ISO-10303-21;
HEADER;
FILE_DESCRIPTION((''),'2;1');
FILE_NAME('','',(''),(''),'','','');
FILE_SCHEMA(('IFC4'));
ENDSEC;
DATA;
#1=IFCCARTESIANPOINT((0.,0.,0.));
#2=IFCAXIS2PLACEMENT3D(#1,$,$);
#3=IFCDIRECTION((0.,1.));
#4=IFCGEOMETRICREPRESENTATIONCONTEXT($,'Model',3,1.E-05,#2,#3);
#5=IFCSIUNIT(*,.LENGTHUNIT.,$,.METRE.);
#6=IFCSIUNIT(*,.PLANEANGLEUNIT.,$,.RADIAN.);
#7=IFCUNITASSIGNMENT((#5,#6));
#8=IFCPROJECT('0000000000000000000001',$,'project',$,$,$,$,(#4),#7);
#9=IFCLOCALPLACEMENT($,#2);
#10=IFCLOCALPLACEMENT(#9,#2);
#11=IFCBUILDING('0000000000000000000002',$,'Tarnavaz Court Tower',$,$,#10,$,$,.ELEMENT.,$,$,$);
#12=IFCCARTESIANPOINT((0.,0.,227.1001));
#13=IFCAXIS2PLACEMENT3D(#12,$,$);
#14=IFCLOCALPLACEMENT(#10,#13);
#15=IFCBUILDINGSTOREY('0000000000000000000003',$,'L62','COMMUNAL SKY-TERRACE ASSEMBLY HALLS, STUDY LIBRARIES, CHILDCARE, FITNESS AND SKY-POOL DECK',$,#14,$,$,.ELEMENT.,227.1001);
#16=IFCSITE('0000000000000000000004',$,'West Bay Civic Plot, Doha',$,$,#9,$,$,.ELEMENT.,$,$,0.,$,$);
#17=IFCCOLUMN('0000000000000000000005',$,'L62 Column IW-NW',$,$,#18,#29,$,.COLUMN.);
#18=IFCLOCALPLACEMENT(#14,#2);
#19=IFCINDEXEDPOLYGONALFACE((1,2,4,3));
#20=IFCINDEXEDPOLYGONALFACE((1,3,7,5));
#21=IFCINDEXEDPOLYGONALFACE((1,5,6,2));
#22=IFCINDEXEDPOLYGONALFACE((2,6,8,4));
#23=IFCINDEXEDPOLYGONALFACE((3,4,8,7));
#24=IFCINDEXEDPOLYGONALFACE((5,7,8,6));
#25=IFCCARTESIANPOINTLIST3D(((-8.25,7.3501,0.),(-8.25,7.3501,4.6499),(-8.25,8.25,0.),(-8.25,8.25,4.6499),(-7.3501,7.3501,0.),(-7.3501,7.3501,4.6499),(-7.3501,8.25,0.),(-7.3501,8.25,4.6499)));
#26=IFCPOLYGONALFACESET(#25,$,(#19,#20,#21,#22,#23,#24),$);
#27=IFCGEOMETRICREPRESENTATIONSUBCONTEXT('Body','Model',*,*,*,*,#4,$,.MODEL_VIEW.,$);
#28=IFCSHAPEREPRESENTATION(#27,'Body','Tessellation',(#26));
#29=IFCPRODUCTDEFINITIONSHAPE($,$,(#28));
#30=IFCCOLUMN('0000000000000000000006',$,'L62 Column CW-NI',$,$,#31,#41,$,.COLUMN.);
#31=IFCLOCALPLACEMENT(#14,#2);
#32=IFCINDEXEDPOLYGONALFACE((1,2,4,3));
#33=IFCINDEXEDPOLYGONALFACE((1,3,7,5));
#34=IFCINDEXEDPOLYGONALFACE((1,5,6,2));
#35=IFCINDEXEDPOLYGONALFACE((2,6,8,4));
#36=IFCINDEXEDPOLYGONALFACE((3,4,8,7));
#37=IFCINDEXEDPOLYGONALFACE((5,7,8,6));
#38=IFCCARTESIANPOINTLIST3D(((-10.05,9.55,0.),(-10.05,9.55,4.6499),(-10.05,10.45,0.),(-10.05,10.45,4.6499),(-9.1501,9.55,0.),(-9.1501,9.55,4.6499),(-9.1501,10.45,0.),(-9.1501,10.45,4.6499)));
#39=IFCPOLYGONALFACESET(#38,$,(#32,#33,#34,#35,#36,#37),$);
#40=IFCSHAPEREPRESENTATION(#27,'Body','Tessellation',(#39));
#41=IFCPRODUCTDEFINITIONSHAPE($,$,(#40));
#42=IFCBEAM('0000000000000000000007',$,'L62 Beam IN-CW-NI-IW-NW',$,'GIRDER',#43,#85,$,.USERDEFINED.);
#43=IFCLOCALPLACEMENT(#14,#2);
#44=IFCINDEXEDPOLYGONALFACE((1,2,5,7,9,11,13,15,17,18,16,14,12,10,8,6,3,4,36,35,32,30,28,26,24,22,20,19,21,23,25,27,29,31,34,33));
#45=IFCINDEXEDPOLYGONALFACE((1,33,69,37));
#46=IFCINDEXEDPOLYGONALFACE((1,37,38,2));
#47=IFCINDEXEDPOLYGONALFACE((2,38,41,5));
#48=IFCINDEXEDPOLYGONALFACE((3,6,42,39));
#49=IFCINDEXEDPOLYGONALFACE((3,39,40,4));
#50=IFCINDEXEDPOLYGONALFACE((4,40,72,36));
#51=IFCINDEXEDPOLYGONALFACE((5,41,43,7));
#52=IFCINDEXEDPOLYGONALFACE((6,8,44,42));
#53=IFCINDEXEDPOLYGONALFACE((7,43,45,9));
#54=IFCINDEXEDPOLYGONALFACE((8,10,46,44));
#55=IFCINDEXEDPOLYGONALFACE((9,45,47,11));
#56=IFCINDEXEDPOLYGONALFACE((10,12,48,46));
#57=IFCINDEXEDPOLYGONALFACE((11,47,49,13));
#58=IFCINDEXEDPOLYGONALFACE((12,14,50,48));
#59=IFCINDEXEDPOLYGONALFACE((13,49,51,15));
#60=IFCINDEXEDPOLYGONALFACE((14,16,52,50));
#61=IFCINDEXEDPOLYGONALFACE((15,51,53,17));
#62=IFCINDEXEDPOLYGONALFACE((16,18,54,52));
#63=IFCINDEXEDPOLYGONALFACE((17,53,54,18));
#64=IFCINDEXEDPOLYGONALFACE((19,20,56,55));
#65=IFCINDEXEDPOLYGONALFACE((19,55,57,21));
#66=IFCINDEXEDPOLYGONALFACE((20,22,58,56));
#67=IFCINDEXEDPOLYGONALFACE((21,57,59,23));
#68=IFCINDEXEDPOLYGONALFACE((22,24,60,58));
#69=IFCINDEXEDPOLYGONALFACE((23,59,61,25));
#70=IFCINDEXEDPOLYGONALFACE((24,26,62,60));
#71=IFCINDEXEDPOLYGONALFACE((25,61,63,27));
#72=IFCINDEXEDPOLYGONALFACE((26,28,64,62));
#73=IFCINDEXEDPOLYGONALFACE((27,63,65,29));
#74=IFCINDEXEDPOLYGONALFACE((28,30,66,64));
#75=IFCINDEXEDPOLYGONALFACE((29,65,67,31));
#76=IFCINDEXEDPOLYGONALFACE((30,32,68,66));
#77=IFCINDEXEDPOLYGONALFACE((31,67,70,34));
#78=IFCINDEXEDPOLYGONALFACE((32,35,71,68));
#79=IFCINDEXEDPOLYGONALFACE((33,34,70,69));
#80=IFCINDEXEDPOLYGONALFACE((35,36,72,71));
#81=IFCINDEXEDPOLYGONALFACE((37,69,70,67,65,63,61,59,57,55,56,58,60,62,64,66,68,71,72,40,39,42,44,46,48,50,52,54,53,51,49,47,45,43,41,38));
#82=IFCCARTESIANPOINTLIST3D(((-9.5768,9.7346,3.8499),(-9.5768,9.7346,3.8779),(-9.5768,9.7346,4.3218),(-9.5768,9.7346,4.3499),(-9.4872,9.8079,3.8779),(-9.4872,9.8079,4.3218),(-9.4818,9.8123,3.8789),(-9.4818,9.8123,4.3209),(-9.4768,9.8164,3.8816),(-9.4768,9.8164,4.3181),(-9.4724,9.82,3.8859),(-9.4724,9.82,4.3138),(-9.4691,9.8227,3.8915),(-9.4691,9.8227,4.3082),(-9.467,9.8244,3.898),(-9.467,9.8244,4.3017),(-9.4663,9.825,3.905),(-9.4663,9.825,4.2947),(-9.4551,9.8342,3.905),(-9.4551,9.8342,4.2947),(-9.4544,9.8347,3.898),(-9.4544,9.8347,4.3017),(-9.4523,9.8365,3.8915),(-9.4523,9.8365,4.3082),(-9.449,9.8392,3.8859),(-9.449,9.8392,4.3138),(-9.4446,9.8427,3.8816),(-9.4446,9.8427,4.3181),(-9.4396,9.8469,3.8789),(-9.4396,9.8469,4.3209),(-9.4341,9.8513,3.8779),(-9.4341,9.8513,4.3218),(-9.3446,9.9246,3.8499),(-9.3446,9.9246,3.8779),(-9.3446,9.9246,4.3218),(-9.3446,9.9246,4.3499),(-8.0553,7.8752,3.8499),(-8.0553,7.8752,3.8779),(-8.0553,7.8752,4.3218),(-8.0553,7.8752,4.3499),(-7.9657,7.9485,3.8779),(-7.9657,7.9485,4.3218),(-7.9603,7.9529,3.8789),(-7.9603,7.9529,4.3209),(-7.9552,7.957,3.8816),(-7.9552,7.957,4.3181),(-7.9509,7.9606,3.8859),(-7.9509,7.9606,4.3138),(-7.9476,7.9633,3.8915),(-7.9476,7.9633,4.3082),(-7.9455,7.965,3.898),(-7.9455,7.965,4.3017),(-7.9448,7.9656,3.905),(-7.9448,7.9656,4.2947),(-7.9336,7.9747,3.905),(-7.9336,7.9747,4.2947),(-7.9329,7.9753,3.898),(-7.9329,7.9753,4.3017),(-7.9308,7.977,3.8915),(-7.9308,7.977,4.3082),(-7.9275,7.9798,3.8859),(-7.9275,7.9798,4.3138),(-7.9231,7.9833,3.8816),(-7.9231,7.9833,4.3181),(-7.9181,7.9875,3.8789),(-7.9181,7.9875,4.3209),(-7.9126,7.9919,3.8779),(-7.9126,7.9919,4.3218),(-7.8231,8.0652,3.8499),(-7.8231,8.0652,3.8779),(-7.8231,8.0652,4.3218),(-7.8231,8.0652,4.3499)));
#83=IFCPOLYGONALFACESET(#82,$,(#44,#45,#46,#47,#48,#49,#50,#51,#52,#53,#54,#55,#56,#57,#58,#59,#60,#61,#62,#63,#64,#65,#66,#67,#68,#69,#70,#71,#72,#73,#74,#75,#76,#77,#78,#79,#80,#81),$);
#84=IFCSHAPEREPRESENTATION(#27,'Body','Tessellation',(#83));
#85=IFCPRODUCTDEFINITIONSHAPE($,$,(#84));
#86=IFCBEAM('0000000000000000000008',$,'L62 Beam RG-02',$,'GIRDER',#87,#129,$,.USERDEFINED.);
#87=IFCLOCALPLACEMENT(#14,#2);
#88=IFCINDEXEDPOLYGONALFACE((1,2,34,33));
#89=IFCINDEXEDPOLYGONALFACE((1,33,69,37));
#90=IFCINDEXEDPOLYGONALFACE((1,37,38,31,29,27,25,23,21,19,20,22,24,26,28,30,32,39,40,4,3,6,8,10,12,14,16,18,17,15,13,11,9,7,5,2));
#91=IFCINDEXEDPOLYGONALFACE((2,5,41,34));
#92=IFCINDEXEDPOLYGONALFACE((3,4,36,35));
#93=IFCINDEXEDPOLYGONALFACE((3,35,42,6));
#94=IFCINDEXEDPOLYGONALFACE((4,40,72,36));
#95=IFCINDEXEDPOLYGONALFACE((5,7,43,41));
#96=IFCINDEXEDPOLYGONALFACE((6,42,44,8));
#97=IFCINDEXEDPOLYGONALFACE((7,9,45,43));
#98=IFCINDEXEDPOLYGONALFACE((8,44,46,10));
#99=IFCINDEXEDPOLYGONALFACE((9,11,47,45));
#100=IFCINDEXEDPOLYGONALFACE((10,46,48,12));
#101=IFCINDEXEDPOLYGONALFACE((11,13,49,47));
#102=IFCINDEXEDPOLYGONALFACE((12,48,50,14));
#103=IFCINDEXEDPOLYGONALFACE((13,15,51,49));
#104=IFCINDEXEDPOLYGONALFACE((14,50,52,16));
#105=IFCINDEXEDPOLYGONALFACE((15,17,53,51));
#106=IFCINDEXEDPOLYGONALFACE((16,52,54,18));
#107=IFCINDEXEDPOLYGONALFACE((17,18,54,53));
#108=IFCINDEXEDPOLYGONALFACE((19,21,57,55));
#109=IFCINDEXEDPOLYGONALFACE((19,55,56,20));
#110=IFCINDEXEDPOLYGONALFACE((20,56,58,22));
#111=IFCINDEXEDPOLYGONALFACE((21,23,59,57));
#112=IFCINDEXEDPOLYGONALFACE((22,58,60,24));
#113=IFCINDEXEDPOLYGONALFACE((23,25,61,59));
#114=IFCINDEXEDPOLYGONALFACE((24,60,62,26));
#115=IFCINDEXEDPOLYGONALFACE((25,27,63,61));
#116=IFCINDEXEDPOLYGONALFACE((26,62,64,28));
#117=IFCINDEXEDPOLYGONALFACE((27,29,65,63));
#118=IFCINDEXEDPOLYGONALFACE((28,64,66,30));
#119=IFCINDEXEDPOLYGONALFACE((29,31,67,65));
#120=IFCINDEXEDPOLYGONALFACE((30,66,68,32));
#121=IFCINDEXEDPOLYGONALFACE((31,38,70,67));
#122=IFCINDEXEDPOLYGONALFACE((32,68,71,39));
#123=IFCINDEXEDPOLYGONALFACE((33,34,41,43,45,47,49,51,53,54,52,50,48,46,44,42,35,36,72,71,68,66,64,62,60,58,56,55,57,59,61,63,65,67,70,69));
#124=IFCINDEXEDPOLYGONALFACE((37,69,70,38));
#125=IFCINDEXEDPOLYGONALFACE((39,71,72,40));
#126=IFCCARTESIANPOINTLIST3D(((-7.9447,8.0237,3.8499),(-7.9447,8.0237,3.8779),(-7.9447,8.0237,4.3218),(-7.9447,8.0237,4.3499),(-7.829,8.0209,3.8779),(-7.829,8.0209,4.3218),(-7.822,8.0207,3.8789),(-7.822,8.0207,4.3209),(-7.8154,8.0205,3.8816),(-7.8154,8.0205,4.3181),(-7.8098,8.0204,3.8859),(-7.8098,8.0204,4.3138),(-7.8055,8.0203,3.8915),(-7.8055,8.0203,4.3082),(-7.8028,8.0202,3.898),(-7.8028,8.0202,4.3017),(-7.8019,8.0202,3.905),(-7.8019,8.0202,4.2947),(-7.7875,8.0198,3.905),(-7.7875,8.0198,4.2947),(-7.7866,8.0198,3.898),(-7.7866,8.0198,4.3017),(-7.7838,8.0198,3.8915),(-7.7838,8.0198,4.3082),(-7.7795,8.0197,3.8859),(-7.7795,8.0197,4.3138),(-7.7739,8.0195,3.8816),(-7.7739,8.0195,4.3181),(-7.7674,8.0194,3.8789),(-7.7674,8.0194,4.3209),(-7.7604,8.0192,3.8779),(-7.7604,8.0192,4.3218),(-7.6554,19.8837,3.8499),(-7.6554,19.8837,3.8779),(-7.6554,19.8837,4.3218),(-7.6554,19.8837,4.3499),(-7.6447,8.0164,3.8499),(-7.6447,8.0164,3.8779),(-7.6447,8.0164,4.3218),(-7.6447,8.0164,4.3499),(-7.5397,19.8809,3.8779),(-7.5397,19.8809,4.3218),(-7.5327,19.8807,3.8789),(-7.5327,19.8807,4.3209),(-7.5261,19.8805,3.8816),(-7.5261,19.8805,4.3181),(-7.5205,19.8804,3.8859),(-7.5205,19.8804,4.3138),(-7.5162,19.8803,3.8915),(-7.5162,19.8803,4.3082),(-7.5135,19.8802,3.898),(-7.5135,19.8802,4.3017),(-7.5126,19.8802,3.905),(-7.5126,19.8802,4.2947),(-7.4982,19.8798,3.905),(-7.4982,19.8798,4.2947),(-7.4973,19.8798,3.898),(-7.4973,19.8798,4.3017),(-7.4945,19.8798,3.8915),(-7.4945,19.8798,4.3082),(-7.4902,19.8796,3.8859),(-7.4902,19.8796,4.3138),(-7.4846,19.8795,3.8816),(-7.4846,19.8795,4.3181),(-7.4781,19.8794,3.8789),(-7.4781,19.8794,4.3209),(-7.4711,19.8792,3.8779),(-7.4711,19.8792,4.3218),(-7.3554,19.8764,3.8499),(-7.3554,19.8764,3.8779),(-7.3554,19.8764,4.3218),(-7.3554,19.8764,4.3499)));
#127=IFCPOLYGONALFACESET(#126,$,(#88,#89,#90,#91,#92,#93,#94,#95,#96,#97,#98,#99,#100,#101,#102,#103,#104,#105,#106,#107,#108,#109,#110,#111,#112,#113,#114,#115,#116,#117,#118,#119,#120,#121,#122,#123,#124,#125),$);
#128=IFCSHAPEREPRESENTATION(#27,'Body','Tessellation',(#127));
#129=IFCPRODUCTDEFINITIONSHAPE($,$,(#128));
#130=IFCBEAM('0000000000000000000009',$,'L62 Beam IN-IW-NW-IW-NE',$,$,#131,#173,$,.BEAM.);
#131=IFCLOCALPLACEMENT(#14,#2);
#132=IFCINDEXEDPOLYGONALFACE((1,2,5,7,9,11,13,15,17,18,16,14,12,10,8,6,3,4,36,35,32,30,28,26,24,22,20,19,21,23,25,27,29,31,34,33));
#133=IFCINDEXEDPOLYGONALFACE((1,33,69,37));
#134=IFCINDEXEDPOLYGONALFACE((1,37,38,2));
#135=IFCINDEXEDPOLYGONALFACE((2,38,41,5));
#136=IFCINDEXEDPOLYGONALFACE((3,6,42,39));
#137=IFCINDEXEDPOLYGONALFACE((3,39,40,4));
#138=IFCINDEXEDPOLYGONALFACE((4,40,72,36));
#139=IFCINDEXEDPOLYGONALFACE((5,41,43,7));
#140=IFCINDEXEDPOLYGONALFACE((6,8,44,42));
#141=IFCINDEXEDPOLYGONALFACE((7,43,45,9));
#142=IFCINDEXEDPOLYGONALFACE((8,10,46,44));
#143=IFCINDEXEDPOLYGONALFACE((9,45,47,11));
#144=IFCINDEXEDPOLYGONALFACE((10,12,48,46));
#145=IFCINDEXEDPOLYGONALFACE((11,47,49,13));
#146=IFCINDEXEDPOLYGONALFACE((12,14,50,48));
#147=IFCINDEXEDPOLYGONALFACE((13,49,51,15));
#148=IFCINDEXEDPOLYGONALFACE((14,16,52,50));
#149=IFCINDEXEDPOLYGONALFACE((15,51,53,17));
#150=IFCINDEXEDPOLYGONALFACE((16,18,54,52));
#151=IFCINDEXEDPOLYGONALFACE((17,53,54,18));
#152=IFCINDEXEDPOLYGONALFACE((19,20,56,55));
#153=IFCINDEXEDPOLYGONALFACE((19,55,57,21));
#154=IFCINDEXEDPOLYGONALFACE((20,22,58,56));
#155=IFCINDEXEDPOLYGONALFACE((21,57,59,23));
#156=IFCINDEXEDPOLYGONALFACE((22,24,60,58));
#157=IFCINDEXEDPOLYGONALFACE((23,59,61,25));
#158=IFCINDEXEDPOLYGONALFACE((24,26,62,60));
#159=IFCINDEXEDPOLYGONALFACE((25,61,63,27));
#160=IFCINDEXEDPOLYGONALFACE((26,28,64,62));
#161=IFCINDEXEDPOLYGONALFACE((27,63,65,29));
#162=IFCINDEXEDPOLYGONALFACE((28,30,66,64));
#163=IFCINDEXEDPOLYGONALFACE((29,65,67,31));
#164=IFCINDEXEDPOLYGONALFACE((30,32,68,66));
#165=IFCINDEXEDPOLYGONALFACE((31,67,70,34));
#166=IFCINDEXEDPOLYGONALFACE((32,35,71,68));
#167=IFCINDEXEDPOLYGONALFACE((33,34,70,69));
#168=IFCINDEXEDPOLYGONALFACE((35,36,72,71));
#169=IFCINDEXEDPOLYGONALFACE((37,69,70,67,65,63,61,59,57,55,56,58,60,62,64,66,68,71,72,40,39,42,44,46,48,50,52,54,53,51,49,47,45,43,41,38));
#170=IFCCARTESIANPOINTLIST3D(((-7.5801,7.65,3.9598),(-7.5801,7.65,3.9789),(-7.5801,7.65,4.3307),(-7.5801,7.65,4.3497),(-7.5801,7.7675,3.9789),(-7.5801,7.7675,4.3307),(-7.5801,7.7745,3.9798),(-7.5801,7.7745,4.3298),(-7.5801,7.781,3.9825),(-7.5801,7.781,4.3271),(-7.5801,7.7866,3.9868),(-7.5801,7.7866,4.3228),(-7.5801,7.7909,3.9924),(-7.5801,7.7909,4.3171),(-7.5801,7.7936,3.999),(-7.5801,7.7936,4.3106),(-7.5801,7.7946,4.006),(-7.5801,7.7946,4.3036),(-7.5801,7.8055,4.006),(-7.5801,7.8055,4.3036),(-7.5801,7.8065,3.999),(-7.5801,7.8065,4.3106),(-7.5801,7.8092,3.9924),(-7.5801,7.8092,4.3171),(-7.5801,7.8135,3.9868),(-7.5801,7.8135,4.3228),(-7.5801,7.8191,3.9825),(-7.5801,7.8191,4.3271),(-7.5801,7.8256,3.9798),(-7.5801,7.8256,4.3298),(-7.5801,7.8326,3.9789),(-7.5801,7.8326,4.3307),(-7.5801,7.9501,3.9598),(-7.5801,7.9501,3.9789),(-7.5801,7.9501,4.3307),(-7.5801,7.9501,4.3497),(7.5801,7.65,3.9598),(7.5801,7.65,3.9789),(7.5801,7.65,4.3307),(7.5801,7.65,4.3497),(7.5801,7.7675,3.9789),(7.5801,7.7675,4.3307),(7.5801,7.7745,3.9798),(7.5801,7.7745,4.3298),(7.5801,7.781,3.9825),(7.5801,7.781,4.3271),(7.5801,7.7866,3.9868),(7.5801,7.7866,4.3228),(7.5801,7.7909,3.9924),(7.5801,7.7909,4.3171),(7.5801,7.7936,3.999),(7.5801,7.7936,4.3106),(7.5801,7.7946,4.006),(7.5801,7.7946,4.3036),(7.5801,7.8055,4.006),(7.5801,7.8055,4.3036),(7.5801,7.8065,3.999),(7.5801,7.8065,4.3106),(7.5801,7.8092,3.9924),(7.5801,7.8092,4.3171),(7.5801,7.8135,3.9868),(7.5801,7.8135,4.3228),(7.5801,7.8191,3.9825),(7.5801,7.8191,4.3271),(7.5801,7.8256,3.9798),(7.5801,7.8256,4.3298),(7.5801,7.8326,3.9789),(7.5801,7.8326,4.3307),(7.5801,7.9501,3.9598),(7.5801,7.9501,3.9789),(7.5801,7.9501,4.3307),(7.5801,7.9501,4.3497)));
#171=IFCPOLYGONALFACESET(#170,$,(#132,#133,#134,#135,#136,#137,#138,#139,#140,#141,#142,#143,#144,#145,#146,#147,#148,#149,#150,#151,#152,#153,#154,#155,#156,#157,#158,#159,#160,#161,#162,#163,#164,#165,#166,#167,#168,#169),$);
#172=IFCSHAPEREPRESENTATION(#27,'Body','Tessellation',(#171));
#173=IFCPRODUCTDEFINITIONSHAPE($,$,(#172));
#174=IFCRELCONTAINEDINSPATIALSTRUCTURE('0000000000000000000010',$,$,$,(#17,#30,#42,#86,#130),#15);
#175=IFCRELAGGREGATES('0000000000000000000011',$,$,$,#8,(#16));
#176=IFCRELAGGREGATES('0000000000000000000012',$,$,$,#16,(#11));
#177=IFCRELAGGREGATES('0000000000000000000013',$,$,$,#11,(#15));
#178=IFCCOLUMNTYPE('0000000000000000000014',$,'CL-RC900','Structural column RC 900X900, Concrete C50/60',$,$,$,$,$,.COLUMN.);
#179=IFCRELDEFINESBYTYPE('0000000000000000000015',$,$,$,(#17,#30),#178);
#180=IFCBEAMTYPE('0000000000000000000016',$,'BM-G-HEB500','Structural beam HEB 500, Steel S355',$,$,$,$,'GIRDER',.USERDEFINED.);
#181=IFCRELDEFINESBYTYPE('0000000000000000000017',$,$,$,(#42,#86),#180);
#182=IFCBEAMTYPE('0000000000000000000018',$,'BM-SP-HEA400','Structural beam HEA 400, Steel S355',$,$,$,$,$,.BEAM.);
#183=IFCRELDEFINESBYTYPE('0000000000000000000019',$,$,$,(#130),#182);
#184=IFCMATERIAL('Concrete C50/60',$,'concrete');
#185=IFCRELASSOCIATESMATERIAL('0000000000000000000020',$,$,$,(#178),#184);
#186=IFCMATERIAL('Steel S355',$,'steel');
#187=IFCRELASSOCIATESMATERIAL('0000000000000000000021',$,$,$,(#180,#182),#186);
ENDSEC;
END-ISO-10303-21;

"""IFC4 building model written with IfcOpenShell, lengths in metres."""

from ifc_helpers import new_model, si_unit, direction, frame, origin, origin_2d, place, context, subcontext, project, spatial, rectangle, i_section, extrude, material, material_profile, profile_set, type_object, element, save


model = new_model("IFC4")

# Units and contexts
model_context = context("Model", 3, precision=1e-05, world=origin(), true_north=direction((0.0, 1.0)))
body_context = subcontext(model_context, "Body", "Model", "MODEL_VIEW")
ifc_project = project(units=[si_unit("LENGTHUNIT", "METRE"), si_unit("PLANEANGLEUNIT", "RADIAN")], contexts=[model_context])

# Site, building, storey
site_placement = place(None, origin())
site = spatial("IfcSite", under=ifc_project, at=site_placement, Name="West Bay Civic Plot, Doha", CompositionType="ELEMENT", RefElevation=0.0)
building_placement = place(site_placement, origin())
building = spatial("IfcBuilding", under=site, at=building_placement, Name="Tarnavaz Court Tower", CompositionType="ELEMENT")
storey_placement = place(building_placement, frame((0.0, 0.0, 227.1001)))
storey = spatial("IfcBuildingStorey", under=building, at=storey_placement, Name="L62", Description="COMMUNAL SKY-TERRACE ASSEMBLY HALLS, STUDY LIBRARIES, CHILDCARE, FITNESS AND SKY-POOL DECK", CompositionType="ELEMENT", Elevation=227.1001)

# Columns
ifc_material_1 = material(Name="Concrete C50/60", Category="concrete")
ifc_material_profile_1 = material_profile(ifc_material_1, rectangle(XDim=0.8999, YDim=0.8999, at=origin_2d()), Name="RC 900X900")
ifc_profile_set_1 = profile_set([ifc_material_profile_1], Name="Concrete C50/60")
column_type = type_object("IfcColumnType", Name="CL-RC900", Description="Structural column RC 900X900, Concrete C50/60", PredefinedType="COLUMN", material=ifc_profile_set_1)
for number, where, z_axis, x_axis, name in (
    (1, (-7.8, 7.8, 0.0), (0.0, 0.0, 1.0), (1.0, 0.0, 0.0), "L62 Column IW-NW"),
    (2, (-9.6001, 10.0, 0.0), (0.0, 0.0, 1.0), (1.0, 0.0, 0.0), "L62 Column CW-NI"),
):
    element("IfcColumn", number, at=place(storey_placement, frame(where, z_axis=z_axis, x_axis=x_axis)), inside=storey, type_object=column_type, Name=name, PredefinedType="COLUMN", context=body_context, shape_type="SweptSolid", body=[
        extrude(rectangle(XDim=0.8999, YDim=0.8999, at=origin_2d()), origin(), (0.0, 0.0, 1.0), 4.6499),
    ])

# Beams
ifc_material_2 = material(Name="Steel S355", Category="steel")
ifc_material_profile_2 = material_profile(ifc_material_2, i_section(OverallWidth=0.3, OverallDepth=0.5, WebThickness=0.0144, FlangeThickness=0.0281, FilletRadius=0.0271, at=origin_2d()), Name="HEB 500")
ifc_profile_set_2 = profile_set([ifc_material_profile_2], Name="Steel S355")
beam_type_1 = type_object("IfcBeamType", Name="BM-G-HEB500", Description="Structural beam HEB 500, Steel S355", ElementType="GIRDER", PredefinedType="USERDEFINED", material=ifc_profile_set_2)
beam_1_placement = place(storey_placement, frame((-9.4607, 9.8296, 4.0999), z_axis=(0.633282, -0.773921, 0.0), x_axis=(0.773921, 0.633282, 0.0)))
element("IfcBeam", 3, at=beam_1_placement, inside=storey, type_object=beam_type_1, Name="L62 Beam IN-CW-NI-IW-NW", ObjectType="GIRDER", PredefinedType="USERDEFINED", context=body_context, shape_type="SweptSolid", body=[
    extrude(i_section(OverallWidth=0.3, OverallDepth=0.5, WebThickness=0.0144, FlangeThickness=0.0281, FilletRadius=0.0271, at=origin_2d()), origin(), (0.0, 0.0, 1.0), 2.4026),
])
beam_2_placement = place(storey_placement, frame((-7.7947, 8.02, 4.0999), z_axis=(0.024386, 0.999703, 0.0), x_axis=(-0.999703, 0.024386, 0.0)))
element("IfcBeam", 4, at=beam_2_placement, inside=storey, type_object=beam_type_1, Name="L62 Beam RG-02", ObjectType="GIRDER", PredefinedType="USERDEFINED", context=body_context, shape_type="SweptSolid", body=[
    extrude(i_section(OverallWidth=0.3, OverallDepth=0.5, WebThickness=0.0144, FlangeThickness=0.0281, FilletRadius=0.0271, at=origin_2d()), origin(), (0.0, 0.0, 1.0), 11.8635),
])
ifc_material_profile_3 = material_profile(ifc_material_2, i_section(OverallWidth=0.3, OverallDepth=0.3899, WebThickness=0.011, FlangeThickness=0.019, FilletRadius=0.0271, at=origin_2d()), Name="HEA 400")
ifc_profile_set_3 = profile_set([ifc_material_profile_3], Name="Steel S355")
beam_type_2 = type_object("IfcBeamType", Name="BM-SP-HEA400", Description="Structural beam HEA 400, Steel S355", PredefinedType="BEAM", material=ifc_profile_set_3)
beam_3_placement = place(storey_placement, frame((-7.5801, 7.8, 4.1548), z_axis=(1.0, 0.0, 0.0), x_axis=(0.0, 1.0, 0.0)))
element("IfcBeam", 5, at=beam_3_placement, inside=storey, type_object=beam_type_2, Name="L62 Beam IN-IW-NW-IW-NE", PredefinedType="BEAM", context=body_context, shape_type="SweptSolid", body=[
    extrude(i_section(OverallWidth=0.3, OverallDepth=0.3899, WebThickness=0.011, FlangeThickness=0.019, FilletRadius=0.0271, at=origin_2d()), origin(), (0.0, 0.0, 1.0), 15.1602),
])

save(model, "model.ifc")
